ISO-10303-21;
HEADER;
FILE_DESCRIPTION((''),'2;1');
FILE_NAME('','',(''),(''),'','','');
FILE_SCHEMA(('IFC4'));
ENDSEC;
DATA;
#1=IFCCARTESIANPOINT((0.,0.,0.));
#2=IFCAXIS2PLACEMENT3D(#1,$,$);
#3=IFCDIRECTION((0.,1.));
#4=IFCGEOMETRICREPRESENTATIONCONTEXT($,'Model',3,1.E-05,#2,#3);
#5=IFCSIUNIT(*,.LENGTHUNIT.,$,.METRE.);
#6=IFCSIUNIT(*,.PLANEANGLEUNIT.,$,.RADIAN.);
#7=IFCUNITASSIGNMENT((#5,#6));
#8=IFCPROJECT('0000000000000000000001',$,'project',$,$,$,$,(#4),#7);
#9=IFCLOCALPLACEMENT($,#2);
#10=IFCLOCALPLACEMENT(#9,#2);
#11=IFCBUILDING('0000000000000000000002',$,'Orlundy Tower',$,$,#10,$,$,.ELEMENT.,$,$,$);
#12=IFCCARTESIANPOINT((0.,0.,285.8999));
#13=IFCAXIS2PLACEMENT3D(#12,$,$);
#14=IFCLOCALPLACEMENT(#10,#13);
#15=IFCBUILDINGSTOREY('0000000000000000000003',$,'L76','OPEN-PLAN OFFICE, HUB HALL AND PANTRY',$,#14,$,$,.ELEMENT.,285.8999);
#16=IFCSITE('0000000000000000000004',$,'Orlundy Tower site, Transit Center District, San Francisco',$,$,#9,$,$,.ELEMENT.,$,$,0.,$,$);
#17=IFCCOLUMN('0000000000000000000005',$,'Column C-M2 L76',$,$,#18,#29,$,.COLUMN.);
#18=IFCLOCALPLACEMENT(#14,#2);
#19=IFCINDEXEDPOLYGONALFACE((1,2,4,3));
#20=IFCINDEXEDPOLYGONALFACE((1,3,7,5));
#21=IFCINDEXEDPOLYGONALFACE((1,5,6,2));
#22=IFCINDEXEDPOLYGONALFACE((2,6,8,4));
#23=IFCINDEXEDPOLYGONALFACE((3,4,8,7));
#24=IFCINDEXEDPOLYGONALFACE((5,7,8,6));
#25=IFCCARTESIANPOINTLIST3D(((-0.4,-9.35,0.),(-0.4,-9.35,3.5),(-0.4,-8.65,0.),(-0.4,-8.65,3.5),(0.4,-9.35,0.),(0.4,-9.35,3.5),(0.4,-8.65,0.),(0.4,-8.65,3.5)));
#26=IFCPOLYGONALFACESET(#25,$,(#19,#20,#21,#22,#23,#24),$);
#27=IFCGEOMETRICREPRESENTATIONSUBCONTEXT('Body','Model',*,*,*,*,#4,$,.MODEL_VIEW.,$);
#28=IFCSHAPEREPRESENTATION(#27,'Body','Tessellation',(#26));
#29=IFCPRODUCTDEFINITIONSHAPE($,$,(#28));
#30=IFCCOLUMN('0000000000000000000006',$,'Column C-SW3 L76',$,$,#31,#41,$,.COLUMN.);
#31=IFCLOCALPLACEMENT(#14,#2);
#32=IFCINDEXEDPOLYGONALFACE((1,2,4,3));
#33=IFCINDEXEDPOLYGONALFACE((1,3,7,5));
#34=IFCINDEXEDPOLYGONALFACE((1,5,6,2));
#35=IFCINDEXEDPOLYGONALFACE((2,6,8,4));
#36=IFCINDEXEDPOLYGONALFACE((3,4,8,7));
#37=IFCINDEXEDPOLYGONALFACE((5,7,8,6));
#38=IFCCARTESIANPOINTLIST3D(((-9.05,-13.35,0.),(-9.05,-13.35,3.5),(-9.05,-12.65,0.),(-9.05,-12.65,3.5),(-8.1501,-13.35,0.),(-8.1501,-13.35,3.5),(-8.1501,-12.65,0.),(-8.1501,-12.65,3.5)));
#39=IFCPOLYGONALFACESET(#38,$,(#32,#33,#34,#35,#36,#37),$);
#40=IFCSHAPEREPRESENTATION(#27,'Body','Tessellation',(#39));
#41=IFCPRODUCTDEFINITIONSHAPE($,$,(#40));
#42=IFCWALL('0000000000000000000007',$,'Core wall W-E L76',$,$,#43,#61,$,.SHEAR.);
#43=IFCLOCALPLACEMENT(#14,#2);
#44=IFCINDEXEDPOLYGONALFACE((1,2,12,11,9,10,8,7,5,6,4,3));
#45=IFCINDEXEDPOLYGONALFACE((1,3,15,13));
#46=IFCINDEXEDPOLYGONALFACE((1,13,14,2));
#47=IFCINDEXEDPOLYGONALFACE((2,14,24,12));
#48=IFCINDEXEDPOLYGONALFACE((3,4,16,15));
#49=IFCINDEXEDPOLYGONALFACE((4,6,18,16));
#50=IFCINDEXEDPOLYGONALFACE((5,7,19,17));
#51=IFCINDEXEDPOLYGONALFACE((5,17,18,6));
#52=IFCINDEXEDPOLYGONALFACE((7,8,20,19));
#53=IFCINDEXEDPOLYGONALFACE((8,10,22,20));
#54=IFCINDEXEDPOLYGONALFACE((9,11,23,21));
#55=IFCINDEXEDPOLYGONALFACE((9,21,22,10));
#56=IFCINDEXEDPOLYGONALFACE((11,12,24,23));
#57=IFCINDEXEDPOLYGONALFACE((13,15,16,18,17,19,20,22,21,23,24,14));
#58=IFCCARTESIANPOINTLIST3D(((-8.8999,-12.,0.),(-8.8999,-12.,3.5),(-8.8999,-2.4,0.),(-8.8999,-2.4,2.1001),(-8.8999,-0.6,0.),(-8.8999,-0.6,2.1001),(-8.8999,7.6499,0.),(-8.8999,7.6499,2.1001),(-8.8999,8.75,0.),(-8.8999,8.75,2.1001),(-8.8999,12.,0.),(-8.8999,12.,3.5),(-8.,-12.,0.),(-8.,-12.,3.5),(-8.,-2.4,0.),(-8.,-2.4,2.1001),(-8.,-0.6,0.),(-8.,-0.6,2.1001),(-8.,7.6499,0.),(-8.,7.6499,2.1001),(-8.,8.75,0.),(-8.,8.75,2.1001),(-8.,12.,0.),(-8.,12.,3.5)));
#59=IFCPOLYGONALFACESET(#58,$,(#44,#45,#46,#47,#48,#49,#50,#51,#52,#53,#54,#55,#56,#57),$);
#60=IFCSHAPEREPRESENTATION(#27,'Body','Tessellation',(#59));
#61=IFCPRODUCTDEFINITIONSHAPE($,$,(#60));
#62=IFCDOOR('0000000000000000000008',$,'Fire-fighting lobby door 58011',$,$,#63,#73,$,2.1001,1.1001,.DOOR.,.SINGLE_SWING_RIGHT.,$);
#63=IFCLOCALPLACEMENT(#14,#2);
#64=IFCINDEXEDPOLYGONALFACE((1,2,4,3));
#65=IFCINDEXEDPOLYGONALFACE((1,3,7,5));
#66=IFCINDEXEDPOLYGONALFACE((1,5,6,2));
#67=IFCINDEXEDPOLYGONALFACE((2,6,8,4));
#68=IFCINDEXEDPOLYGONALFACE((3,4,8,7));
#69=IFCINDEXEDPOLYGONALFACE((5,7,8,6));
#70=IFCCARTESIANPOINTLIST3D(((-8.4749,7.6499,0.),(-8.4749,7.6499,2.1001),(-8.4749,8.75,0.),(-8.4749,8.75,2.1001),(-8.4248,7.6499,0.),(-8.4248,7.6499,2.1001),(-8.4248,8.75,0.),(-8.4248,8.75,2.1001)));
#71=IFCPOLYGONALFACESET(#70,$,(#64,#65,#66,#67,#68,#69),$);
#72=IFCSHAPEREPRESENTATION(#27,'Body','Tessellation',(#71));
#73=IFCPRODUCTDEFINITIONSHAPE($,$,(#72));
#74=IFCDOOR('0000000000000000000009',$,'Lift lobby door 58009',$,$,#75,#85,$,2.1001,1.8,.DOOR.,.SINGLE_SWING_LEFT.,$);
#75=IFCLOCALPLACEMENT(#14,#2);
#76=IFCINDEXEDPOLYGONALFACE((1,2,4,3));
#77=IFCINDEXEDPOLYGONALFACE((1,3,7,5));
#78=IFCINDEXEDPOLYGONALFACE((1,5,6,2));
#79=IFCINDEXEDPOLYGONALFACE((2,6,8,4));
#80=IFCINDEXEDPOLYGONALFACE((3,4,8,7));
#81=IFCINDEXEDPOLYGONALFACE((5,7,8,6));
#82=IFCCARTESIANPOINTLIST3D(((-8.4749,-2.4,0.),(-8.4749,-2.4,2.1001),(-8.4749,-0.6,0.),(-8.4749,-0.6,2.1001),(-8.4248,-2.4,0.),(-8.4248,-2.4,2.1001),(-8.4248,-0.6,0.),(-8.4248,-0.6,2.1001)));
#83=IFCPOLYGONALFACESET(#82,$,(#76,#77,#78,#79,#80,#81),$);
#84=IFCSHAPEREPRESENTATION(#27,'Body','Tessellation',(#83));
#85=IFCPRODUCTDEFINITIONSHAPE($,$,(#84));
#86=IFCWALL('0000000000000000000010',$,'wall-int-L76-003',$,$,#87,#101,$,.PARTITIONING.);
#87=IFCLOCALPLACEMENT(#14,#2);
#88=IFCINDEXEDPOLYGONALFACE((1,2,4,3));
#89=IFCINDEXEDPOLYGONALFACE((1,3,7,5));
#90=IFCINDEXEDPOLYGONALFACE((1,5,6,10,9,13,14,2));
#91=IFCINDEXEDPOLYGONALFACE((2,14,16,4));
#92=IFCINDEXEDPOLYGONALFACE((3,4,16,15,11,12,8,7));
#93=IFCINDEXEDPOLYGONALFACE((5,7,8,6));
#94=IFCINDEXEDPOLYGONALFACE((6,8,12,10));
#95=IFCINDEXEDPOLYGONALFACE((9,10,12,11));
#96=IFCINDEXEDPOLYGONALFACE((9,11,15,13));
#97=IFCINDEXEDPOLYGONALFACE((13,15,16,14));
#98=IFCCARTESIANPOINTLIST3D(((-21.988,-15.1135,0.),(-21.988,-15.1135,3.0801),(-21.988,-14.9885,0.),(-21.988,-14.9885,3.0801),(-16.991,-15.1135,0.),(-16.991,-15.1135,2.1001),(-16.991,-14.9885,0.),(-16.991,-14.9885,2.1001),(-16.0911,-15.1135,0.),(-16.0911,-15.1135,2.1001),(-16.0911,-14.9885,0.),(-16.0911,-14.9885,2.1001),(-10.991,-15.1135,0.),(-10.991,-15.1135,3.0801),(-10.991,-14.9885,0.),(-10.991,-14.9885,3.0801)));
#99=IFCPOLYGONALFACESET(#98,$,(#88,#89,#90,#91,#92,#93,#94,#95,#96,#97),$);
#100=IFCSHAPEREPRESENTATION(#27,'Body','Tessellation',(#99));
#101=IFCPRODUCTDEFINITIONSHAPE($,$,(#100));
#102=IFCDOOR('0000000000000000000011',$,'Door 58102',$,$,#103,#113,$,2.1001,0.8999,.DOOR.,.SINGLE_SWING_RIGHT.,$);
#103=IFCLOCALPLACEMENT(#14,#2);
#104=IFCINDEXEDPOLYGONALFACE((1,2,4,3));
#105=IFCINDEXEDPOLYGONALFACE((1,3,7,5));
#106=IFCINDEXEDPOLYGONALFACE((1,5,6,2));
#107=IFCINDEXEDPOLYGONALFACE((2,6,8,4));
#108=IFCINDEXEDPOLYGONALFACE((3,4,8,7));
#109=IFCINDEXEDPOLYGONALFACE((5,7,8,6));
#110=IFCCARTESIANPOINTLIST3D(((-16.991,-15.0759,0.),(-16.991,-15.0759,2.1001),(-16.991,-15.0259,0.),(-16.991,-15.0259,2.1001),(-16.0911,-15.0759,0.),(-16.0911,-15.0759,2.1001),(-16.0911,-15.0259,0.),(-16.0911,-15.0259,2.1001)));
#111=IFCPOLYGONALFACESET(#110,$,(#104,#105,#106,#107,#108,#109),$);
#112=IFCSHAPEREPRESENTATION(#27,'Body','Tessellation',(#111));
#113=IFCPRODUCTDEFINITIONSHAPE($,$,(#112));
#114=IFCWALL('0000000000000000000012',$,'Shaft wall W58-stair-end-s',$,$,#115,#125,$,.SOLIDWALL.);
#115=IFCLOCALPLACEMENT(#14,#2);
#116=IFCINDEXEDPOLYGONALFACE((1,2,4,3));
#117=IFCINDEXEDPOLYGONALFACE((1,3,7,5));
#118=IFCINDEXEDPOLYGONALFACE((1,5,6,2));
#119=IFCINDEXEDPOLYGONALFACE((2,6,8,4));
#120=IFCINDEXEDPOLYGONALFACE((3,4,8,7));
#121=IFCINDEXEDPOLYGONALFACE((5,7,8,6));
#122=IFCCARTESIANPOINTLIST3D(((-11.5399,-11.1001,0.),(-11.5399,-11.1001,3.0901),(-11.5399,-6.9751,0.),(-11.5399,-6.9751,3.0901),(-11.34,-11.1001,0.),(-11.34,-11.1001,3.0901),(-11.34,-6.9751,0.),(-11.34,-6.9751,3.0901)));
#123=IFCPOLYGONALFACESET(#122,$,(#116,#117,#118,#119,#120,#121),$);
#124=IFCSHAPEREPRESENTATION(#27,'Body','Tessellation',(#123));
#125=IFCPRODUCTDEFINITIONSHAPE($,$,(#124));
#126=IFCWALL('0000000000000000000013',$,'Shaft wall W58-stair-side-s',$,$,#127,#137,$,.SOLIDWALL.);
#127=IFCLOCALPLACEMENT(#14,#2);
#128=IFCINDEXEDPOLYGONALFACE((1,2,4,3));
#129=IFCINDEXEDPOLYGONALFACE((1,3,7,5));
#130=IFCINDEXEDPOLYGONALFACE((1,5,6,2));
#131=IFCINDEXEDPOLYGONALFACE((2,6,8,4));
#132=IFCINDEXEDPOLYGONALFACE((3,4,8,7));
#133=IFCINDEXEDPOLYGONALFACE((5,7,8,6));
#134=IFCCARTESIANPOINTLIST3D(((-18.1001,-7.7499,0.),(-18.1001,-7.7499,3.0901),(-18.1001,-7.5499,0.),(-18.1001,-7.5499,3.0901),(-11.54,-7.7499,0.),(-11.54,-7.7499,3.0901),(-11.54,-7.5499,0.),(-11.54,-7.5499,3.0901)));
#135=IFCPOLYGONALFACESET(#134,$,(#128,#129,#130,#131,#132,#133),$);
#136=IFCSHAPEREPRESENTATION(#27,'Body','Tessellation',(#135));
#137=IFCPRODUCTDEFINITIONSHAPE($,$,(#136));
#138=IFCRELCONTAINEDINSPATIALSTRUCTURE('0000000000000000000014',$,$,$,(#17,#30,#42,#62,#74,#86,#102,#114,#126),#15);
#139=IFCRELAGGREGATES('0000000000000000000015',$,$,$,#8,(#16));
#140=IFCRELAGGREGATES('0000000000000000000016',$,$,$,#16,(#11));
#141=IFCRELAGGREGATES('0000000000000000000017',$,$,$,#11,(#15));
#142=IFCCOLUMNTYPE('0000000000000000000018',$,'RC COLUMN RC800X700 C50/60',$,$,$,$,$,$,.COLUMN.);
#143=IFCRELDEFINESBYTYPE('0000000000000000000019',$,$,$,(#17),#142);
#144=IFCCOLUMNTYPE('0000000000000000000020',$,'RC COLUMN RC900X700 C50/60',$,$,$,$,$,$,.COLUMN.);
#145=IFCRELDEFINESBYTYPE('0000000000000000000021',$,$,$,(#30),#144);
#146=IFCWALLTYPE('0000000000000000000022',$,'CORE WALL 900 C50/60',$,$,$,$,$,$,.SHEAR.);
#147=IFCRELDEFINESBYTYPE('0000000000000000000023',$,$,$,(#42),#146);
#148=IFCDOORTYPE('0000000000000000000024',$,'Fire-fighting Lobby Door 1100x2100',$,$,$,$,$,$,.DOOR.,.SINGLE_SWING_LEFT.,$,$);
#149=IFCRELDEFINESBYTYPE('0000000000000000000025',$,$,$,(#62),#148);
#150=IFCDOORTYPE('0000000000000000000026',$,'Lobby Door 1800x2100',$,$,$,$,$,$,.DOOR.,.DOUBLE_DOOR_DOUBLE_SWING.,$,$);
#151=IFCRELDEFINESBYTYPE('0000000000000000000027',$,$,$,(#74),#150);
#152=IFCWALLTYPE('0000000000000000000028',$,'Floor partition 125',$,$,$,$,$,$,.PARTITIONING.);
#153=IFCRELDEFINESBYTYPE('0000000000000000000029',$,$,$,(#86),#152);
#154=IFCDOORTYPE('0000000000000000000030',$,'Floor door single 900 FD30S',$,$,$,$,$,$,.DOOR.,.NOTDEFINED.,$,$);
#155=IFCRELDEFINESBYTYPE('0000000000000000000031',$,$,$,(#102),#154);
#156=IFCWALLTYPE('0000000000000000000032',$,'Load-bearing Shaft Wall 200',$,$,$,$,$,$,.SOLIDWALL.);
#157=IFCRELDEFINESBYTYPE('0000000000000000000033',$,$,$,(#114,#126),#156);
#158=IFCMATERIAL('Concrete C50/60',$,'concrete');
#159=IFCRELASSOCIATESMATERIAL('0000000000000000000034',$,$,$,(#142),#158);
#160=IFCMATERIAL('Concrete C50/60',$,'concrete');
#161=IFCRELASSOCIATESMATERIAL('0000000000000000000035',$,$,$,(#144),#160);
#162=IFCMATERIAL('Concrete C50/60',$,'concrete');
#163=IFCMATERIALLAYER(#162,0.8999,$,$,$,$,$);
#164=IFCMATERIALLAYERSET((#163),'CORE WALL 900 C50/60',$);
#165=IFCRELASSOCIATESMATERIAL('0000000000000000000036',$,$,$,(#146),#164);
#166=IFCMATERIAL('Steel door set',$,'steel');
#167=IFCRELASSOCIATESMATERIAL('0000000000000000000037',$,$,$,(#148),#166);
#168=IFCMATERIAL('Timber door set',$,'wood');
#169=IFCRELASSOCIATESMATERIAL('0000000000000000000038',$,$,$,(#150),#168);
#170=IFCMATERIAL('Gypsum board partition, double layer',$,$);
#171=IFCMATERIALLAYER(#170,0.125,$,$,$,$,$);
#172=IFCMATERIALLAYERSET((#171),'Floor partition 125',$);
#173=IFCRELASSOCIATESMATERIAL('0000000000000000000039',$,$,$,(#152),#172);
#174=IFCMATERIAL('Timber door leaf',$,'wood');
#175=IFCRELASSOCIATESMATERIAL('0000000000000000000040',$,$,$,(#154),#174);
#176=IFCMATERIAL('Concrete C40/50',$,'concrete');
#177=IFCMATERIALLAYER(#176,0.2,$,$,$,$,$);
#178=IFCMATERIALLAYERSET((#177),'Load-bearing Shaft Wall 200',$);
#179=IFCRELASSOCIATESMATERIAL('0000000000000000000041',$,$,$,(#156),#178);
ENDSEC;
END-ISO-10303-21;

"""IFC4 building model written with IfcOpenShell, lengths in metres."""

from ifc_helpers import new_model, si_unit, direction, frame, frame_2d, origin, origin_2d, place, context, subcontext, project, spatial, rectangle, extrude, material, layer, layer_set, material_profile, profile_set, type_object, element, fill, save


model = new_model("IFC4")

# Units and contexts
model_context = context("Model", 3, precision=1e-05, world=origin(), true_north=direction((0.0, 1.0)))
body_context = subcontext(model_context, "Body", "Model", "MODEL_VIEW")
ifc_project = project(units=[si_unit("LENGTHUNIT", "METRE"), si_unit("PLANEANGLEUNIT", "RADIAN")], contexts=[model_context])

# Site, building, storey
site_placement = place(None, origin())
site = spatial("IfcSite", under=ifc_project, at=site_placement, Name="Orlundy Tower site, Transit Center District, San Francisco", CompositionType="ELEMENT", RefElevation=0.0)
building_placement = place(site_placement, origin())
building = spatial("IfcBuilding", under=site, at=building_placement, Name="Orlundy Tower", CompositionType="ELEMENT")
storey_placement = place(building_placement, frame((0.0, 0.0, 285.8999)))
storey = spatial("IfcBuildingStorey", under=building, at=storey_placement, Name="L76", Description="OPEN-PLAN OFFICE, HUB HALL AND PANTRY", CompositionType="ELEMENT", Elevation=285.8999)

# Columns
ifc_material_1 = material(Name="Concrete C50/60", Category="concrete")
ifc_material_profile_1 = material_profile(ifc_material_1, rectangle(XDim=0.8, YDim=0.7, at=origin_2d()), Name="RC800X700")
ifc_profile_set_1 = profile_set([ifc_material_profile_1], Name="Concrete C50/60")
column_type_1 = type_object("IfcColumnType", Name="RC COLUMN RC800X700 C50/60", PredefinedType="COLUMN", material=ifc_profile_set_1)
column_1_placement = place(storey_placement, frame((0.0, -9.0, 0.0), z_axis=(0.0, 0.0, 1.0), x_axis=(1.0, 0.0, 0.0)))
element("IfcColumn", 1, at=column_1_placement, inside=storey, type_object=column_type_1, Name="Column C-M2 L76", PredefinedType="COLUMN", context=body_context, shape_type="SweptSolid", body=[
    extrude(rectangle(XDim=0.8, YDim=0.7, at=origin_2d()), origin(), (0.0, 0.0, 1.0), 3.5),
])
ifc_material_2 = material(Name="Concrete C50/60", Category="concrete")
ifc_material_profile_2 = material_profile(ifc_material_2, rectangle(XDim=0.8999, YDim=0.7, at=origin_2d()), Name="RC900X700")
ifc_profile_set_2 = profile_set([ifc_material_profile_2], Name="Concrete C50/60")
column_type_2 = type_object("IfcColumnType", Name="RC COLUMN RC900X700 C50/60", PredefinedType="COLUMN", material=ifc_profile_set_2)
column_2_placement = place(storey_placement, frame((-8.6001, -13.0, 0.0), z_axis=(0.0, 0.0, 1.0), x_axis=(1.0, 0.0, 0.0)))
element("IfcColumn", 2, at=column_2_placement, inside=storey, type_object=column_type_2, Name="Column C-SW3 L76", PredefinedType="COLUMN", context=body_context, shape_type="SweptSolid", body=[
    extrude(rectangle(XDim=0.8999, YDim=0.7, at=origin_2d()), origin(), (0.0, 0.0, 1.0), 3.5),
])

# Wall, openings, doors
ifc_material_3 = material(Name="Concrete C50/60", Category="concrete")
ifc_layer_1 = layer(ifc_material_3, 0.8999)
ifc_layer_set_1 = layer_set([ifc_layer_1], Name="CORE WALL 900 C50/60")
wall_type_1 = type_object("IfcWallType", Name="CORE WALL 900 C50/60", PredefinedType="SHEAR", material=ifc_layer_set_1)
wall_1_placement = place(storey_placement, frame((-8.45, -12.0, 0.0), z_axis=(0.0, 0.0, 1.0), x_axis=(0.0, 1.0, 0.0)))
wall_1 = element("IfcWall", 3, at=wall_1_placement, inside=storey, type_object=wall_type_1, Name="Core wall W-E L76", PredefinedType="SHEAR", context=body_context, shape_type="SweptSolid", body=[
    extrude(rectangle(XDim=24.0, YDim=0.8999, at=frame_2d((12.0, 0.0))), origin(), (0.0, 0.0, 1.0), 3.5),
])
opening_1_placement = place(wall_1_placement, frame((9.6001, 0.0, 0.0)))
opening_1 = element("IfcOpeningElement", 4, at=opening_1_placement, cuts=wall_1, PredefinedType="OPENING", context=body_context, shape_type="SweptSolid", body=[
    extrude(rectangle(XDim=1.8, YDim=2.1001, at=frame_2d((0.8999, 1.05))), frame((0.0, 0.46, 0.0), z_axis=(0.0, -1.0, 0.0), x_axis=(1.0, 0.0, 0.0)), (0.0, 0.0, 1.0), 0.9199),
])
opening_2_placement = place(wall_1_placement, frame((19.6499, 0.0, 0.0)))
opening_2 = element("IfcOpeningElement", 5, at=opening_2_placement, cuts=wall_1, PredefinedType="OPENING", context=body_context, shape_type="SweptSolid", body=[
    extrude(rectangle(XDim=1.1001, YDim=2.1001, at=frame_2d((0.55, 1.05))), frame((0.0, 0.46, 0.0), z_axis=(0.0, -1.0, 0.0), x_axis=(1.0, 0.0, 0.0)), (0.0, 0.0, 1.0), 0.9199),
])
ifc_material_4 = material(Name="Steel door set", Category="steel")
door_type_1 = type_object("IfcDoorType", Name="Fire-fighting Lobby Door 1100x2100", OperationType="SINGLE_SWING_LEFT", PredefinedType="DOOR", material=ifc_material_4)
door_1_placement = place(opening_2_placement, origin())
door_1 = element("IfcDoor", 6, at=door_1_placement, inside=storey, type_object=door_type_1, Name="Fire-fighting lobby door 58011", OperationType="SINGLE_SWING_RIGHT", OverallHeight=2.1001, OverallWidth=1.1001, PredefinedType="DOOR", context=body_context, shape_type="SweptSolid", body=[
    extrude(rectangle(XDim=1.1001, YDim=2.1001, at=frame_2d((0.55, 1.05))), frame((0.0, 0.0249, 0.0), z_axis=(0.0, -1.0, 0.0), x_axis=(1.0, 0.0, 0.0)), (0.0, 0.0, 1.0), 0.05),
])
fill(opening_2, door_1)
ifc_material_5 = material(Name="Timber door set", Category="wood")
door_type_2 = type_object("IfcDoorType", Name="Lobby Door 1800x2100", OperationType="DOUBLE_DOOR_DOUBLE_SWING", PredefinedType="DOOR", material=ifc_material_5)
door_2_placement = place(opening_1_placement, origin())
door_2 = element("IfcDoor", 7, at=door_2_placement, inside=storey, type_object=door_type_2, Name="Lift lobby door 58009", OperationType="SINGLE_SWING_LEFT", OverallHeight=2.1001, OverallWidth=1.8, PredefinedType="DOOR", context=body_context, shape_type="SweptSolid", body=[
    extrude(rectangle(XDim=1.8, YDim=2.1001, at=frame_2d((0.8999, 1.05))), frame((0.0, 0.0249, 0.0), z_axis=(0.0, -1.0, 0.0), x_axis=(1.0, 0.0, 0.0)), (0.0, 0.0, 1.0), 0.05),
])
fill(opening_1, door_2)

# Wall, opening, door
ifc_material_6 = material(Name="Gypsum board partition, double layer")
ifc_layer_2 = layer(ifc_material_6, 0.125)
ifc_layer_set_2 = layer_set([ifc_layer_2], Name="Floor partition 125")
wall_type_2 = type_object("IfcWallType", Name="Floor partition 125", PredefinedType="PARTITIONING", material=ifc_layer_set_2)
wall_2_placement = place(storey_placement, frame((-10.991, -15.051, 0.0), z_axis=(0.0, 0.0, 1.0), x_axis=(-1.0, 0.0, 0.0)))
wall_2 = element("IfcWall", 8, at=wall_2_placement, inside=storey, type_object=wall_type_2, Name="wall-int-L76-003", PredefinedType="PARTITIONING", context=body_context, shape_type="SweptSolid", body=[
    extrude(rectangle(XDim=10.9971, YDim=0.125, at=frame_2d((5.4985, 0.0))), origin(), (0.0, 0.0, 1.0), 3.0801),
])
opening_3_placement = place(wall_2_placement, frame((5.1001, 0.0, 0.0)))
opening_3 = element("IfcOpeningElement", 9, at=opening_3_placement, cuts=wall_2, PredefinedType="OPENING", context=body_context, shape_type="SweptSolid", body=[
    extrude(rectangle(XDim=0.8999, YDim=2.1001, at=frame_2d((0.45, 1.05))), frame((0.0, 0.0725, 0.0), z_axis=(0.0, -1.0, 0.0), x_axis=(1.0, 0.0, 0.0)), (0.0, 0.0, 1.0), 0.145),
])
ifc_material_7 = material(Name="Timber door leaf", Category="wood")
door_type_3 = type_object("IfcDoorType", Name="Floor door single 900 FD30S", OperationType="NOTDEFINED", PredefinedType="DOOR", material=ifc_material_7)
door_3_placement = place(opening_3_placement, origin())
door_3 = element("IfcDoor", 10, at=door_3_placement, inside=storey, type_object=door_type_3, Name="Door 58102", OperationType="SINGLE_SWING_RIGHT", OverallHeight=2.1001, OverallWidth=0.8999, PredefinedType="DOOR", context=body_context, shape_type="SweptSolid", body=[
    extrude(rectangle(XDim=0.8999, YDim=2.1001, at=frame_2d((0.45, 1.05))), frame((0.0, 0.0249, 0.0), z_axis=(0.0, -1.0, 0.0), x_axis=(1.0, 0.0, 0.0)), (0.0, 0.0, 1.0), 0.05),
])
fill(opening_3, door_3)

# Walls
ifc_material_8 = material(Name="Concrete C40/50", Category="concrete")
ifc_layer_3 = layer(ifc_material_8, 0.2)
ifc_layer_set_3 = layer_set([ifc_layer_3], Name="Load-bearing Shaft Wall 200")
wall_type_3 = type_object("IfcWallType", Name="Load-bearing Shaft Wall 200", PredefinedType="SOLIDWALL", material=ifc_layer_set_3)
wall_3_placement = place(storey_placement, frame((-11.4399, -11.1001, 0.0), z_axis=(0.0, 0.0, 1.0), x_axis=(0.0, 1.0, 0.0)))
element("IfcWall", 11, at=wall_3_placement, inside=storey, type_object=wall_type_3, Name="Shaft wall W58-stair-end-s", PredefinedType="SOLIDWALL", context=body_context, shape_type="SweptSolid", body=[
    extrude(rectangle(XDim=4.125, YDim=0.2, at=frame_2d((2.0625, 0.0))), origin(), (0.0, 0.0, 1.0), 3.0901),
])
wall_4_placement = place(storey_placement, frame((-11.54, -7.6499, 0.0), z_axis=(0.0, 0.0, 1.0), x_axis=(-1.0, 0.0, 0.0)))
element("IfcWall", 12, at=wall_4_placement, inside=storey, type_object=wall_type_3, Name="Shaft wall W58-stair-side-s", PredefinedType="SOLIDWALL", context=body_context, shape_type="SweptSolid", body=[
    extrude(rectangle(XDim=6.5601, YDim=0.2, at=frame_2d((3.28, 0.0))), origin(), (0.0, 0.0, 1.0), 3.0901),
])

save(model, "model.ifc")
